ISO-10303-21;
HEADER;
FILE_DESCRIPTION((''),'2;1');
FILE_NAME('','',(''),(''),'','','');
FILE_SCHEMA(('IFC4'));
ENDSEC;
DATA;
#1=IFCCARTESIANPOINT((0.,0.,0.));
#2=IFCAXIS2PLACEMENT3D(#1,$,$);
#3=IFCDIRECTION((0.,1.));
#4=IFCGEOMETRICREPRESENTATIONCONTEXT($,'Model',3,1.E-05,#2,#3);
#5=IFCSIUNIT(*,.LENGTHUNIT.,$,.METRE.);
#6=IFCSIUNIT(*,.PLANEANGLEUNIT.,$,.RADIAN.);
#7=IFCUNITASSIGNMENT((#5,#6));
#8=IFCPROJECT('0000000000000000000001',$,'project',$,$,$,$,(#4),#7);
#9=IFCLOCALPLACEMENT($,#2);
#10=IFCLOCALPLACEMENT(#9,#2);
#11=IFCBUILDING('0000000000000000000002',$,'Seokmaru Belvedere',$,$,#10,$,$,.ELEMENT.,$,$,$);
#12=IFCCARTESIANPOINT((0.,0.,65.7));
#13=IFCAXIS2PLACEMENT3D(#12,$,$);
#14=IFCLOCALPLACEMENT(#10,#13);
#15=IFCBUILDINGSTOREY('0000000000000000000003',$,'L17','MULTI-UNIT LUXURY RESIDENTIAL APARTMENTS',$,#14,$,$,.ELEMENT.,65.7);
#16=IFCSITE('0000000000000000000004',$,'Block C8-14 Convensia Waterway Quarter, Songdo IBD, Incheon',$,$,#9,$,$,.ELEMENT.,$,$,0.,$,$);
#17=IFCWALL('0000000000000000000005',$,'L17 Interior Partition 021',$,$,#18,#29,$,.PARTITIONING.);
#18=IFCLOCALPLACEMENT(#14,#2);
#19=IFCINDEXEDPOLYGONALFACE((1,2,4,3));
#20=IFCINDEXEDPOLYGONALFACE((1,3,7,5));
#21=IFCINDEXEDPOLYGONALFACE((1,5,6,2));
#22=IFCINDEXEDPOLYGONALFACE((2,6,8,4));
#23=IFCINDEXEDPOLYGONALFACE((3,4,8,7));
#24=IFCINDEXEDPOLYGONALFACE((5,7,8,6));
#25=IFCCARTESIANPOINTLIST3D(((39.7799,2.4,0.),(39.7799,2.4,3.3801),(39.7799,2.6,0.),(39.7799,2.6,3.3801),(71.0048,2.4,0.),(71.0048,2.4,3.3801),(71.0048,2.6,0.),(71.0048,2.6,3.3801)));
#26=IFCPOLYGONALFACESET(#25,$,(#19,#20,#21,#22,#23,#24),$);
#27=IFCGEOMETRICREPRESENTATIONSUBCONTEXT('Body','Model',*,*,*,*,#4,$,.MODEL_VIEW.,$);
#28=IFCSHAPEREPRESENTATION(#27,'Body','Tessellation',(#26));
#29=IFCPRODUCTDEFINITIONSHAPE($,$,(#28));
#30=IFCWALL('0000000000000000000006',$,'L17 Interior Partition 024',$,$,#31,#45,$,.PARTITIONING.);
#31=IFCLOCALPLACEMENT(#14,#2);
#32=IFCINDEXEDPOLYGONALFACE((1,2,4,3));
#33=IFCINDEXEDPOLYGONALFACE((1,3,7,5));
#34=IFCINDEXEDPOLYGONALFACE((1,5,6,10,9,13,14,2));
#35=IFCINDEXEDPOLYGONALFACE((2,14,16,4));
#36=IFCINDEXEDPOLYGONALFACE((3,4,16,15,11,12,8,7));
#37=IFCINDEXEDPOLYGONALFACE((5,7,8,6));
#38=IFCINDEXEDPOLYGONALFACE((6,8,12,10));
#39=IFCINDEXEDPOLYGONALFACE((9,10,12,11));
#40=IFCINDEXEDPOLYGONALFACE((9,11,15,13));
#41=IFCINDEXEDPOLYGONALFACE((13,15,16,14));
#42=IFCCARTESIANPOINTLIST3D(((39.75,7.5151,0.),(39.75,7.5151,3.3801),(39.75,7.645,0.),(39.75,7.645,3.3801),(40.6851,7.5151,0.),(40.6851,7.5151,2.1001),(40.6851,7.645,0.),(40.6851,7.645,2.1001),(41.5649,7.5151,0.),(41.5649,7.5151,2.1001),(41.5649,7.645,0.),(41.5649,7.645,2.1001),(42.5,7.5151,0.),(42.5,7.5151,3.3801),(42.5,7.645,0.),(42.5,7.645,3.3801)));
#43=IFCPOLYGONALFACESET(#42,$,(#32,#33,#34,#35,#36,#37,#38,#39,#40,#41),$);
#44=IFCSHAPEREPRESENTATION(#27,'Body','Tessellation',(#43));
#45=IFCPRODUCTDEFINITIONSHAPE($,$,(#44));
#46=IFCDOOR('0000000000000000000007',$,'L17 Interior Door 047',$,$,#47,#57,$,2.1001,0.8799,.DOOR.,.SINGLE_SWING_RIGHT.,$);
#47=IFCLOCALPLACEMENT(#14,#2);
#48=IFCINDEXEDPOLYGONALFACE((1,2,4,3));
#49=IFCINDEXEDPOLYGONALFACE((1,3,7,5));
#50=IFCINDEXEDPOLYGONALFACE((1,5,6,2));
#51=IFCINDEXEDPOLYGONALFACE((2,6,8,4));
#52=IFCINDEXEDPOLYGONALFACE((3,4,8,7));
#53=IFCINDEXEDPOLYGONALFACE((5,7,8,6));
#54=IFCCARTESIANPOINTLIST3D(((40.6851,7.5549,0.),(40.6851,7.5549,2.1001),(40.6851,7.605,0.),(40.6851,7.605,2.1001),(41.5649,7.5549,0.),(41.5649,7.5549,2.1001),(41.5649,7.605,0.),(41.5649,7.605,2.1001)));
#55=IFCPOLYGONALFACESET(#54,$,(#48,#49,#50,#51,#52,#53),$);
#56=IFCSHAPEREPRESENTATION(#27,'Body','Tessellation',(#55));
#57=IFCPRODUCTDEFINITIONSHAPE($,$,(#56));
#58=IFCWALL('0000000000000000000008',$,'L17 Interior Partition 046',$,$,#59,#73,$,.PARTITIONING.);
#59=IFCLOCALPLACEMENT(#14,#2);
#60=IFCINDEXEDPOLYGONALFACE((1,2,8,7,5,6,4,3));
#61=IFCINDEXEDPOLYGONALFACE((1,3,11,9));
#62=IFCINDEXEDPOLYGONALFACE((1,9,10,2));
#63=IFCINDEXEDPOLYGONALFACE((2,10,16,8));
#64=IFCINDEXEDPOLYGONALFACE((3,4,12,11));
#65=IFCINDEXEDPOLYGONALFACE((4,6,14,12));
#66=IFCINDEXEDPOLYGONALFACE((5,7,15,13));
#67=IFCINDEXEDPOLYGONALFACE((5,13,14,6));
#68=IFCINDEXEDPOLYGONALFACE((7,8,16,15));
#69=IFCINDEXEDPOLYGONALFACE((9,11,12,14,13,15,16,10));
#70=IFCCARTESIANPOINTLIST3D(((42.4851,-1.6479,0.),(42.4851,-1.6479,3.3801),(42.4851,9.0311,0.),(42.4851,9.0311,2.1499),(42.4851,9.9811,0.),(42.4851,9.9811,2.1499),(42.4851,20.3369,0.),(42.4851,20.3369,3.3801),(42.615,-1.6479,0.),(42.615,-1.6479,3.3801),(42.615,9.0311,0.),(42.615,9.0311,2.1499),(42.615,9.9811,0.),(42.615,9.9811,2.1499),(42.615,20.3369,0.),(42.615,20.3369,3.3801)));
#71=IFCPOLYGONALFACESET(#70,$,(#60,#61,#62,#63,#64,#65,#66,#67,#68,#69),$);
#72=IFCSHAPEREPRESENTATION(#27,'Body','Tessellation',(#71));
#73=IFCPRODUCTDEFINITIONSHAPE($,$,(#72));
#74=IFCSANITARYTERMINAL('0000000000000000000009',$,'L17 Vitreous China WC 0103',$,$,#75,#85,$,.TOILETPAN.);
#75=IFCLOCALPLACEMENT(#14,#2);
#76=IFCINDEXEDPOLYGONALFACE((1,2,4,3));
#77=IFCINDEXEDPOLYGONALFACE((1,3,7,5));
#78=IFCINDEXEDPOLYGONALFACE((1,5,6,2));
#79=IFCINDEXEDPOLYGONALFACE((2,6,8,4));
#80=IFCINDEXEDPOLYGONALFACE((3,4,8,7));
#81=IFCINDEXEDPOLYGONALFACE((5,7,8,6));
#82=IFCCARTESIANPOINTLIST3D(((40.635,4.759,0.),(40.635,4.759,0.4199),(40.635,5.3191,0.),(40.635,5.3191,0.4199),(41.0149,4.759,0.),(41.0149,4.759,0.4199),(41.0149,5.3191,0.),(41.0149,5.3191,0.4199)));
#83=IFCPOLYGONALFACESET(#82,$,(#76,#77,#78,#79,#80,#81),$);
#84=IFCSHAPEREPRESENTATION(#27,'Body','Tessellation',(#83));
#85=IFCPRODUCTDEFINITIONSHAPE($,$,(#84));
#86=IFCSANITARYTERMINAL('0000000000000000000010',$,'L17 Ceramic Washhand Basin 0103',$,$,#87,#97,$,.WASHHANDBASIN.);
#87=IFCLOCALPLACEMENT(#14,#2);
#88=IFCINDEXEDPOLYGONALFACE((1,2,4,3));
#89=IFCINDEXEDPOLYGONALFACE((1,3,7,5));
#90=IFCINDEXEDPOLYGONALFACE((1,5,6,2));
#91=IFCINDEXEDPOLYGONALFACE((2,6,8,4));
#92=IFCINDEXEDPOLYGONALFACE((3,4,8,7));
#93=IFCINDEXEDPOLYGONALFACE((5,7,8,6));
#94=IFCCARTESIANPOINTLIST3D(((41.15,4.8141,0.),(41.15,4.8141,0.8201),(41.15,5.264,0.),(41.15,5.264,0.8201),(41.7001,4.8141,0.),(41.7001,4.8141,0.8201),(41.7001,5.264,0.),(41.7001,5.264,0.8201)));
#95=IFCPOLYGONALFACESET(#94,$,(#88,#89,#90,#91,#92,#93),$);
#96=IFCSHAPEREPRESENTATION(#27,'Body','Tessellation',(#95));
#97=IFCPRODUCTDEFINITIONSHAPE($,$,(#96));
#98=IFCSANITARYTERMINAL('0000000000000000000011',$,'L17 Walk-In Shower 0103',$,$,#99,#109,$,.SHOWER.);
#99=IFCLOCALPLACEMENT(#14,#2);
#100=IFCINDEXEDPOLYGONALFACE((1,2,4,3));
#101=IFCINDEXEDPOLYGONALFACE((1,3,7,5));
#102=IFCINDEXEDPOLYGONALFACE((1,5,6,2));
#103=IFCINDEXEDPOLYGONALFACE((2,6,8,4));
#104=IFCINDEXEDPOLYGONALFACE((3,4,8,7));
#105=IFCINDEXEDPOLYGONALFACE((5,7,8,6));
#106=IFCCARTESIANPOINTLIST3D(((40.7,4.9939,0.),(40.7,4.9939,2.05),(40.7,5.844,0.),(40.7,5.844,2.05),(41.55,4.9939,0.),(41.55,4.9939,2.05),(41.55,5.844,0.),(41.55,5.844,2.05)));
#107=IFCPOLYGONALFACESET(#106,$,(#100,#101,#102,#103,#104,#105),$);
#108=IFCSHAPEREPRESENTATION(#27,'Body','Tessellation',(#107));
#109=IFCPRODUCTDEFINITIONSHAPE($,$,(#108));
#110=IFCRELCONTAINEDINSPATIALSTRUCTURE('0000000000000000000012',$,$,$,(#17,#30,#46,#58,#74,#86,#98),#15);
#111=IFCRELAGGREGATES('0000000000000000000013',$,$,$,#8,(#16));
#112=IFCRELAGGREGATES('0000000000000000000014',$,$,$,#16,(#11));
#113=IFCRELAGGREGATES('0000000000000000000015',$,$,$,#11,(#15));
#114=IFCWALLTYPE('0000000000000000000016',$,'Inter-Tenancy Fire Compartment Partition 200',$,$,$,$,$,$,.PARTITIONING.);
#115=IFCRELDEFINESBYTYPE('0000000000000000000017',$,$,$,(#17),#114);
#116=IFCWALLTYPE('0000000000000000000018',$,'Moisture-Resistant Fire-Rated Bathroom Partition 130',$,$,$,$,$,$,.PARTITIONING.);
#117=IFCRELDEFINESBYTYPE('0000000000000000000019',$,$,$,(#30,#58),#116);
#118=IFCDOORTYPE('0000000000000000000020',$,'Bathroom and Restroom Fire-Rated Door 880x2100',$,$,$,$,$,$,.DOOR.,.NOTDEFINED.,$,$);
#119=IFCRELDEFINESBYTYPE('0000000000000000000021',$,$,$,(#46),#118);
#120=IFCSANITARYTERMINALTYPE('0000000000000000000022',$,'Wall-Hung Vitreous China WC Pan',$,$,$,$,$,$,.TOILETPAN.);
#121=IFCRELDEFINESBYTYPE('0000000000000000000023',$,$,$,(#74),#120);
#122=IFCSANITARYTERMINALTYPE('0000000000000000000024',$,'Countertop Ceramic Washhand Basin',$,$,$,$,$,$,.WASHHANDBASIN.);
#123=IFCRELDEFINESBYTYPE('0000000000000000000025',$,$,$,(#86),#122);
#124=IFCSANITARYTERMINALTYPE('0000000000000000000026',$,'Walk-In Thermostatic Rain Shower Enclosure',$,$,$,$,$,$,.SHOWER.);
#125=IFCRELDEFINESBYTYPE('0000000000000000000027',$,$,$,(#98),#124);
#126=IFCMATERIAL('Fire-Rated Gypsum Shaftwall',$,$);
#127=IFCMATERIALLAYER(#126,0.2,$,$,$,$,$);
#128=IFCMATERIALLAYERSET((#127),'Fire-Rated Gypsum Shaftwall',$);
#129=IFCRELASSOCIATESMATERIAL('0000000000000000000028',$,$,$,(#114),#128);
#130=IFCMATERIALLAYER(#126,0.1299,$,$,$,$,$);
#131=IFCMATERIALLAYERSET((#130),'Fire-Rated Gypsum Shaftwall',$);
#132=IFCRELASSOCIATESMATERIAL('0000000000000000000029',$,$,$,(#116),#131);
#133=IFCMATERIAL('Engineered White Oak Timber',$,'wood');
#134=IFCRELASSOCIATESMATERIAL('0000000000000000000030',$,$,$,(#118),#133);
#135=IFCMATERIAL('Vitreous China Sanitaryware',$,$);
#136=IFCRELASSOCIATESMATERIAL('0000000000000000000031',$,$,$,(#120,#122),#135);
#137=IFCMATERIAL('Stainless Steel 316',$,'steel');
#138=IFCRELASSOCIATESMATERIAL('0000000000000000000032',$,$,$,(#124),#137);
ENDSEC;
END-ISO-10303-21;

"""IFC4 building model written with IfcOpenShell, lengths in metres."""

from ifc_helpers import new_model, si_unit, direction, frame, frame_2d, origin, origin_2d, place, context, subcontext, project, spatial, rectangle, extrude, source, transform, mapped, material, layer, layer_set, type_object, type_shapes, element, fill, save


model = new_model("IFC4")

# Units and contexts
model_context = context("Model", 3, precision=1e-05, world=origin(), true_north=direction((0.0, 1.0)))
body_context = subcontext(model_context, "Body", "Model", "MODEL_VIEW")
ifc_project = project(units=[si_unit("LENGTHUNIT", "METRE"), si_unit("PLANEANGLEUNIT", "RADIAN")], contexts=[model_context])

# Site, building, storey
site_placement = place(None, origin())
site = spatial("IfcSite", under=ifc_project, at=site_placement, Name="Block C8-14 Convensia Waterway Quarter, Songdo IBD, Incheon", CompositionType="ELEMENT", RefElevation=0.0)
building_placement = place(site_placement, origin())
building = spatial("IfcBuilding", under=site, at=building_placement, Name="Seokmaru Belvedere", CompositionType="ELEMENT")
storey_placement = place(building_placement, frame((0.0, 0.0, 65.7)))
storey = spatial("IfcBuildingStorey", under=building, at=storey_placement, Name="L17", Description="MULTI-UNIT LUXURY RESIDENTIAL APARTMENTS", CompositionType="ELEMENT", Elevation=65.7)

# Shared definitions
ifc_material_1 = material(Name="Fire-Rated Gypsum Shaftwall")

# Wall
ifc_layer_1 = layer(ifc_material_1, 0.2)
ifc_layer_set_1 = layer_set([ifc_layer_1], Name="Fire-Rated Gypsum Shaftwall")
wall_type_1 = type_object("IfcWallType", Name="Inter-Tenancy Fire Compartment Partition 200", PredefinedType="PARTITIONING", material=ifc_layer_set_1)
wall_1_placement = place(storey_placement, frame((39.78, 2.5, 0.0), z_axis=(0.0, 0.0, 1.0), x_axis=(1.0, 0.0, 0.0)))
element("IfcWall", 1, at=wall_1_placement, inside=storey, type_object=wall_type_1, Name="L17 Interior Partition 021", PredefinedType="PARTITIONING", context=body_context, shape_type="SweptSolid", body=[
    extrude(rectangle(XDim=31.2249, YDim=0.2, at=frame_2d((15.6123, 0.0))), origin(), (0.0, 0.0, 1.0), 3.3801),
])

# Wall, opening, door
ifc_layer_2 = layer(ifc_material_1, 0.1299)
ifc_layer_set_2 = layer_set([ifc_layer_2], Name="Fire-Rated Gypsum Shaftwall")
wall_type_2 = type_object("IfcWallType", Name="Moisture-Resistant Fire-Rated Bathroom Partition 130", PredefinedType="PARTITIONING", material=ifc_layer_set_2)
wall_2_placement = place(storey_placement, frame((39.75, 7.5801, 0.0), z_axis=(0.0, 0.0, 1.0), x_axis=(1.0, 0.0, 0.0)))
wall_2 = element("IfcWall", 2, at=wall_2_placement, inside=storey, type_object=wall_type_2, Name="L17 Interior Partition 024", PredefinedType="PARTITIONING", context=body_context, shape_type="SweptSolid", body=[
    extrude(rectangle(XDim=2.75, YDim=0.1299, at=frame_2d((1.375, 0.0))), origin(), (0.0, 0.0, 1.0), 3.3801),
])
opening_1_placement = place(wall_2_placement, frame((0.9351, 0.0, 0.0)))
opening_1 = element("IfcOpeningElement", 3, at=opening_1_placement, cuts=wall_2, PredefinedType="OPENING", context=body_context, shape_type="SweptSolid", body=[
    extrude(rectangle(XDim=0.8799, YDim=2.1001, at=frame_2d((0.4399, 1.05))), frame((0.0, 0.075, 0.0), z_axis=(0.0, -1.0, 0.0), x_axis=(1.0, 0.0, 0.0)), (0.0, 0.0, 1.0), 0.1499),
])
ifc_material_2 = material(Name="Engineered White Oak Timber", Category="wood")
door_type = type_object("IfcDoorType", Name="Bathroom and Restroom Fire-Rated Door 880x2100", OperationType="NOTDEFINED", PredefinedType="DOOR", material=ifc_material_2)
shared_shape_1 = source(origin(), body_context, "Body", "SweptSolid", [
    extrude(rectangle(XDim=0.8799, YDim=2.1001, at=frame_2d((0.4399, 1.05))), frame((0.0, 0.0249, 0.0), z_axis=(0.0, -1.0, 0.0), x_axis=(1.0, 0.0, 0.0)), (0.0, 0.0, 1.0), 0.05),
])
type_shapes(door_type, [shared_shape_1])
door_placement = place(opening_1_placement, origin())
door = element("IfcDoor", 4, at=door_placement, inside=storey, type_object=door_type, Name="L17 Interior Door 047", OperationType="SINGLE_SWING_RIGHT", OverallHeight=2.1001, OverallWidth=0.8799, PredefinedType="DOOR", context=body_context, shape_type="MappedRepresentation", body=[
    mapped(shared_shape_1, transform((0.0, 0.0, 0.0), scale=1.0)),
])
fill(opening_1, door)

# Wall, opening
wall_3_placement = place(storey_placement, frame((42.55, -1.6479, 0.0), z_axis=(0.0, 0.0, 1.0), x_axis=(0.0, 1.0, 0.0)))
wall_3 = element("IfcWall", 5, at=wall_3_placement, inside=storey, type_object=wall_type_2, Name="L17 Interior Partition 046", PredefinedType="PARTITIONING", context=body_context, shape_type="SweptSolid", body=[
    extrude(rectangle(XDim=21.9849, YDim=0.1299, at=frame_2d((10.9924, 0.0))), origin(), (0.0, 0.0, 1.0), 3.3801),
])
opening_2_placement = place(wall_3_placement, frame((10.679, 0.0, 0.0)))
element("IfcOpeningElement", 6, at=opening_2_placement, cuts=wall_3, PredefinedType="OPENING", context=body_context, shape_type="SweptSolid", body=[
    extrude(rectangle(XDim=0.95, YDim=2.1499, at=frame_2d((0.4751, 1.075))), frame((0.0, 0.075, 0.0), z_axis=(0.0, -1.0, 0.0), x_axis=(1.0, 0.0, 0.0)), (0.0, 0.0, 1.0), 0.1499),
])

# Sanitary terminals
ifc_material_3 = material(Name="Vitreous China Sanitaryware")
sanitary_terminal_type_1 = type_object("IfcSanitaryTerminalType", Name="Wall-Hung Vitreous China WC Pan", PredefinedType="TOILETPAN", material=ifc_material_3)
shared_shape_2 = source(origin(), body_context, "Body", "SweptSolid", [
    extrude(rectangle(XDim=0.3799, YDim=0.5601, at=origin_2d()), origin(), (0.0, 0.0, 1.0), 0.4199),
])
type_shapes(sanitary_terminal_type_1, [shared_shape_2])
sanitary_terminal_1_placement = place(storey_placement, frame((40.825, 5.0391, 0.0), z_axis=(0.0, 0.0, 1.0), x_axis=(1.0, 0.0, 0.0)))
element("IfcSanitaryTerminal", 7, at=sanitary_terminal_1_placement, inside=storey, type_object=sanitary_terminal_type_1, Name="L17 Vitreous China WC 0103", PredefinedType="TOILETPAN", context=body_context, shape_type="MappedRepresentation", body=[
    mapped(shared_shape_2, transform((0.0, 0.0, 0.0), scale=1.0)),
])
sanitary_terminal_type_2 = type_object("IfcSanitaryTerminalType", Name="Countertop Ceramic Washhand Basin", PredefinedType="WASHHANDBASIN", material=ifc_material_3)
shared_shape_3 = source(origin(), body_context, "Body", "SweptSolid", [
    extrude(rectangle(XDim=0.55, YDim=0.45, at=origin_2d()), origin(), (0.0, 0.0, 1.0), 0.8201),
])
type_shapes(sanitary_terminal_type_2, [shared_shape_3])
sanitary_terminal_2_placement = place(storey_placement, frame((41.425, 5.0391, 0.0), z_axis=(0.0, 0.0, 1.0), x_axis=(1.0, 0.0, 0.0)))
element("IfcSanitaryTerminal", 8, at=sanitary_terminal_2_placement, inside=storey, type_object=sanitary_terminal_type_2, Name="L17 Ceramic Washhand Basin 0103", PredefinedType="WASHHANDBASIN", context=body_context, shape_type="MappedRepresentation", body=[
    mapped(shared_shape_3, transform((0.0, 0.0, 0.0), scale=1.0)),
])
ifc_material_4 = material(Name="Stainless Steel 316", Category="steel")
sanitary_terminal_type_3 = type_object("IfcSanitaryTerminalType", Name="Walk-In Thermostatic Rain Shower Enclosure", PredefinedType="SHOWER", material=ifc_material_4)
shared_shape_4 = source(origin(), body_context, "Body", "SweptSolid", [
    extrude(rectangle(XDim=0.8501, YDim=0.8501, at=origin_2d()), origin(), (0.0, 0.0, 1.0), 2.05),
])
type_shapes(sanitary_terminal_type_3, [shared_shape_4])
sanitary_terminal_3_placement = place(storey_placement, frame((41.125, 5.4189, 0.0), z_axis=(0.0, 0.0, 1.0), x_axis=(1.0, 0.0, 0.0)))
element("IfcSanitaryTerminal", 9, at=sanitary_terminal_3_placement, inside=storey, type_object=sanitary_terminal_type_3, Name="L17 Walk-In Shower 0103", PredefinedType="SHOWER", context=body_context, shape_type="MappedRepresentation", body=[
    mapped(shared_shape_4, transform((0.0, 0.0, 0.0), scale=1.0)),
])

save(model, "model.ifc")
